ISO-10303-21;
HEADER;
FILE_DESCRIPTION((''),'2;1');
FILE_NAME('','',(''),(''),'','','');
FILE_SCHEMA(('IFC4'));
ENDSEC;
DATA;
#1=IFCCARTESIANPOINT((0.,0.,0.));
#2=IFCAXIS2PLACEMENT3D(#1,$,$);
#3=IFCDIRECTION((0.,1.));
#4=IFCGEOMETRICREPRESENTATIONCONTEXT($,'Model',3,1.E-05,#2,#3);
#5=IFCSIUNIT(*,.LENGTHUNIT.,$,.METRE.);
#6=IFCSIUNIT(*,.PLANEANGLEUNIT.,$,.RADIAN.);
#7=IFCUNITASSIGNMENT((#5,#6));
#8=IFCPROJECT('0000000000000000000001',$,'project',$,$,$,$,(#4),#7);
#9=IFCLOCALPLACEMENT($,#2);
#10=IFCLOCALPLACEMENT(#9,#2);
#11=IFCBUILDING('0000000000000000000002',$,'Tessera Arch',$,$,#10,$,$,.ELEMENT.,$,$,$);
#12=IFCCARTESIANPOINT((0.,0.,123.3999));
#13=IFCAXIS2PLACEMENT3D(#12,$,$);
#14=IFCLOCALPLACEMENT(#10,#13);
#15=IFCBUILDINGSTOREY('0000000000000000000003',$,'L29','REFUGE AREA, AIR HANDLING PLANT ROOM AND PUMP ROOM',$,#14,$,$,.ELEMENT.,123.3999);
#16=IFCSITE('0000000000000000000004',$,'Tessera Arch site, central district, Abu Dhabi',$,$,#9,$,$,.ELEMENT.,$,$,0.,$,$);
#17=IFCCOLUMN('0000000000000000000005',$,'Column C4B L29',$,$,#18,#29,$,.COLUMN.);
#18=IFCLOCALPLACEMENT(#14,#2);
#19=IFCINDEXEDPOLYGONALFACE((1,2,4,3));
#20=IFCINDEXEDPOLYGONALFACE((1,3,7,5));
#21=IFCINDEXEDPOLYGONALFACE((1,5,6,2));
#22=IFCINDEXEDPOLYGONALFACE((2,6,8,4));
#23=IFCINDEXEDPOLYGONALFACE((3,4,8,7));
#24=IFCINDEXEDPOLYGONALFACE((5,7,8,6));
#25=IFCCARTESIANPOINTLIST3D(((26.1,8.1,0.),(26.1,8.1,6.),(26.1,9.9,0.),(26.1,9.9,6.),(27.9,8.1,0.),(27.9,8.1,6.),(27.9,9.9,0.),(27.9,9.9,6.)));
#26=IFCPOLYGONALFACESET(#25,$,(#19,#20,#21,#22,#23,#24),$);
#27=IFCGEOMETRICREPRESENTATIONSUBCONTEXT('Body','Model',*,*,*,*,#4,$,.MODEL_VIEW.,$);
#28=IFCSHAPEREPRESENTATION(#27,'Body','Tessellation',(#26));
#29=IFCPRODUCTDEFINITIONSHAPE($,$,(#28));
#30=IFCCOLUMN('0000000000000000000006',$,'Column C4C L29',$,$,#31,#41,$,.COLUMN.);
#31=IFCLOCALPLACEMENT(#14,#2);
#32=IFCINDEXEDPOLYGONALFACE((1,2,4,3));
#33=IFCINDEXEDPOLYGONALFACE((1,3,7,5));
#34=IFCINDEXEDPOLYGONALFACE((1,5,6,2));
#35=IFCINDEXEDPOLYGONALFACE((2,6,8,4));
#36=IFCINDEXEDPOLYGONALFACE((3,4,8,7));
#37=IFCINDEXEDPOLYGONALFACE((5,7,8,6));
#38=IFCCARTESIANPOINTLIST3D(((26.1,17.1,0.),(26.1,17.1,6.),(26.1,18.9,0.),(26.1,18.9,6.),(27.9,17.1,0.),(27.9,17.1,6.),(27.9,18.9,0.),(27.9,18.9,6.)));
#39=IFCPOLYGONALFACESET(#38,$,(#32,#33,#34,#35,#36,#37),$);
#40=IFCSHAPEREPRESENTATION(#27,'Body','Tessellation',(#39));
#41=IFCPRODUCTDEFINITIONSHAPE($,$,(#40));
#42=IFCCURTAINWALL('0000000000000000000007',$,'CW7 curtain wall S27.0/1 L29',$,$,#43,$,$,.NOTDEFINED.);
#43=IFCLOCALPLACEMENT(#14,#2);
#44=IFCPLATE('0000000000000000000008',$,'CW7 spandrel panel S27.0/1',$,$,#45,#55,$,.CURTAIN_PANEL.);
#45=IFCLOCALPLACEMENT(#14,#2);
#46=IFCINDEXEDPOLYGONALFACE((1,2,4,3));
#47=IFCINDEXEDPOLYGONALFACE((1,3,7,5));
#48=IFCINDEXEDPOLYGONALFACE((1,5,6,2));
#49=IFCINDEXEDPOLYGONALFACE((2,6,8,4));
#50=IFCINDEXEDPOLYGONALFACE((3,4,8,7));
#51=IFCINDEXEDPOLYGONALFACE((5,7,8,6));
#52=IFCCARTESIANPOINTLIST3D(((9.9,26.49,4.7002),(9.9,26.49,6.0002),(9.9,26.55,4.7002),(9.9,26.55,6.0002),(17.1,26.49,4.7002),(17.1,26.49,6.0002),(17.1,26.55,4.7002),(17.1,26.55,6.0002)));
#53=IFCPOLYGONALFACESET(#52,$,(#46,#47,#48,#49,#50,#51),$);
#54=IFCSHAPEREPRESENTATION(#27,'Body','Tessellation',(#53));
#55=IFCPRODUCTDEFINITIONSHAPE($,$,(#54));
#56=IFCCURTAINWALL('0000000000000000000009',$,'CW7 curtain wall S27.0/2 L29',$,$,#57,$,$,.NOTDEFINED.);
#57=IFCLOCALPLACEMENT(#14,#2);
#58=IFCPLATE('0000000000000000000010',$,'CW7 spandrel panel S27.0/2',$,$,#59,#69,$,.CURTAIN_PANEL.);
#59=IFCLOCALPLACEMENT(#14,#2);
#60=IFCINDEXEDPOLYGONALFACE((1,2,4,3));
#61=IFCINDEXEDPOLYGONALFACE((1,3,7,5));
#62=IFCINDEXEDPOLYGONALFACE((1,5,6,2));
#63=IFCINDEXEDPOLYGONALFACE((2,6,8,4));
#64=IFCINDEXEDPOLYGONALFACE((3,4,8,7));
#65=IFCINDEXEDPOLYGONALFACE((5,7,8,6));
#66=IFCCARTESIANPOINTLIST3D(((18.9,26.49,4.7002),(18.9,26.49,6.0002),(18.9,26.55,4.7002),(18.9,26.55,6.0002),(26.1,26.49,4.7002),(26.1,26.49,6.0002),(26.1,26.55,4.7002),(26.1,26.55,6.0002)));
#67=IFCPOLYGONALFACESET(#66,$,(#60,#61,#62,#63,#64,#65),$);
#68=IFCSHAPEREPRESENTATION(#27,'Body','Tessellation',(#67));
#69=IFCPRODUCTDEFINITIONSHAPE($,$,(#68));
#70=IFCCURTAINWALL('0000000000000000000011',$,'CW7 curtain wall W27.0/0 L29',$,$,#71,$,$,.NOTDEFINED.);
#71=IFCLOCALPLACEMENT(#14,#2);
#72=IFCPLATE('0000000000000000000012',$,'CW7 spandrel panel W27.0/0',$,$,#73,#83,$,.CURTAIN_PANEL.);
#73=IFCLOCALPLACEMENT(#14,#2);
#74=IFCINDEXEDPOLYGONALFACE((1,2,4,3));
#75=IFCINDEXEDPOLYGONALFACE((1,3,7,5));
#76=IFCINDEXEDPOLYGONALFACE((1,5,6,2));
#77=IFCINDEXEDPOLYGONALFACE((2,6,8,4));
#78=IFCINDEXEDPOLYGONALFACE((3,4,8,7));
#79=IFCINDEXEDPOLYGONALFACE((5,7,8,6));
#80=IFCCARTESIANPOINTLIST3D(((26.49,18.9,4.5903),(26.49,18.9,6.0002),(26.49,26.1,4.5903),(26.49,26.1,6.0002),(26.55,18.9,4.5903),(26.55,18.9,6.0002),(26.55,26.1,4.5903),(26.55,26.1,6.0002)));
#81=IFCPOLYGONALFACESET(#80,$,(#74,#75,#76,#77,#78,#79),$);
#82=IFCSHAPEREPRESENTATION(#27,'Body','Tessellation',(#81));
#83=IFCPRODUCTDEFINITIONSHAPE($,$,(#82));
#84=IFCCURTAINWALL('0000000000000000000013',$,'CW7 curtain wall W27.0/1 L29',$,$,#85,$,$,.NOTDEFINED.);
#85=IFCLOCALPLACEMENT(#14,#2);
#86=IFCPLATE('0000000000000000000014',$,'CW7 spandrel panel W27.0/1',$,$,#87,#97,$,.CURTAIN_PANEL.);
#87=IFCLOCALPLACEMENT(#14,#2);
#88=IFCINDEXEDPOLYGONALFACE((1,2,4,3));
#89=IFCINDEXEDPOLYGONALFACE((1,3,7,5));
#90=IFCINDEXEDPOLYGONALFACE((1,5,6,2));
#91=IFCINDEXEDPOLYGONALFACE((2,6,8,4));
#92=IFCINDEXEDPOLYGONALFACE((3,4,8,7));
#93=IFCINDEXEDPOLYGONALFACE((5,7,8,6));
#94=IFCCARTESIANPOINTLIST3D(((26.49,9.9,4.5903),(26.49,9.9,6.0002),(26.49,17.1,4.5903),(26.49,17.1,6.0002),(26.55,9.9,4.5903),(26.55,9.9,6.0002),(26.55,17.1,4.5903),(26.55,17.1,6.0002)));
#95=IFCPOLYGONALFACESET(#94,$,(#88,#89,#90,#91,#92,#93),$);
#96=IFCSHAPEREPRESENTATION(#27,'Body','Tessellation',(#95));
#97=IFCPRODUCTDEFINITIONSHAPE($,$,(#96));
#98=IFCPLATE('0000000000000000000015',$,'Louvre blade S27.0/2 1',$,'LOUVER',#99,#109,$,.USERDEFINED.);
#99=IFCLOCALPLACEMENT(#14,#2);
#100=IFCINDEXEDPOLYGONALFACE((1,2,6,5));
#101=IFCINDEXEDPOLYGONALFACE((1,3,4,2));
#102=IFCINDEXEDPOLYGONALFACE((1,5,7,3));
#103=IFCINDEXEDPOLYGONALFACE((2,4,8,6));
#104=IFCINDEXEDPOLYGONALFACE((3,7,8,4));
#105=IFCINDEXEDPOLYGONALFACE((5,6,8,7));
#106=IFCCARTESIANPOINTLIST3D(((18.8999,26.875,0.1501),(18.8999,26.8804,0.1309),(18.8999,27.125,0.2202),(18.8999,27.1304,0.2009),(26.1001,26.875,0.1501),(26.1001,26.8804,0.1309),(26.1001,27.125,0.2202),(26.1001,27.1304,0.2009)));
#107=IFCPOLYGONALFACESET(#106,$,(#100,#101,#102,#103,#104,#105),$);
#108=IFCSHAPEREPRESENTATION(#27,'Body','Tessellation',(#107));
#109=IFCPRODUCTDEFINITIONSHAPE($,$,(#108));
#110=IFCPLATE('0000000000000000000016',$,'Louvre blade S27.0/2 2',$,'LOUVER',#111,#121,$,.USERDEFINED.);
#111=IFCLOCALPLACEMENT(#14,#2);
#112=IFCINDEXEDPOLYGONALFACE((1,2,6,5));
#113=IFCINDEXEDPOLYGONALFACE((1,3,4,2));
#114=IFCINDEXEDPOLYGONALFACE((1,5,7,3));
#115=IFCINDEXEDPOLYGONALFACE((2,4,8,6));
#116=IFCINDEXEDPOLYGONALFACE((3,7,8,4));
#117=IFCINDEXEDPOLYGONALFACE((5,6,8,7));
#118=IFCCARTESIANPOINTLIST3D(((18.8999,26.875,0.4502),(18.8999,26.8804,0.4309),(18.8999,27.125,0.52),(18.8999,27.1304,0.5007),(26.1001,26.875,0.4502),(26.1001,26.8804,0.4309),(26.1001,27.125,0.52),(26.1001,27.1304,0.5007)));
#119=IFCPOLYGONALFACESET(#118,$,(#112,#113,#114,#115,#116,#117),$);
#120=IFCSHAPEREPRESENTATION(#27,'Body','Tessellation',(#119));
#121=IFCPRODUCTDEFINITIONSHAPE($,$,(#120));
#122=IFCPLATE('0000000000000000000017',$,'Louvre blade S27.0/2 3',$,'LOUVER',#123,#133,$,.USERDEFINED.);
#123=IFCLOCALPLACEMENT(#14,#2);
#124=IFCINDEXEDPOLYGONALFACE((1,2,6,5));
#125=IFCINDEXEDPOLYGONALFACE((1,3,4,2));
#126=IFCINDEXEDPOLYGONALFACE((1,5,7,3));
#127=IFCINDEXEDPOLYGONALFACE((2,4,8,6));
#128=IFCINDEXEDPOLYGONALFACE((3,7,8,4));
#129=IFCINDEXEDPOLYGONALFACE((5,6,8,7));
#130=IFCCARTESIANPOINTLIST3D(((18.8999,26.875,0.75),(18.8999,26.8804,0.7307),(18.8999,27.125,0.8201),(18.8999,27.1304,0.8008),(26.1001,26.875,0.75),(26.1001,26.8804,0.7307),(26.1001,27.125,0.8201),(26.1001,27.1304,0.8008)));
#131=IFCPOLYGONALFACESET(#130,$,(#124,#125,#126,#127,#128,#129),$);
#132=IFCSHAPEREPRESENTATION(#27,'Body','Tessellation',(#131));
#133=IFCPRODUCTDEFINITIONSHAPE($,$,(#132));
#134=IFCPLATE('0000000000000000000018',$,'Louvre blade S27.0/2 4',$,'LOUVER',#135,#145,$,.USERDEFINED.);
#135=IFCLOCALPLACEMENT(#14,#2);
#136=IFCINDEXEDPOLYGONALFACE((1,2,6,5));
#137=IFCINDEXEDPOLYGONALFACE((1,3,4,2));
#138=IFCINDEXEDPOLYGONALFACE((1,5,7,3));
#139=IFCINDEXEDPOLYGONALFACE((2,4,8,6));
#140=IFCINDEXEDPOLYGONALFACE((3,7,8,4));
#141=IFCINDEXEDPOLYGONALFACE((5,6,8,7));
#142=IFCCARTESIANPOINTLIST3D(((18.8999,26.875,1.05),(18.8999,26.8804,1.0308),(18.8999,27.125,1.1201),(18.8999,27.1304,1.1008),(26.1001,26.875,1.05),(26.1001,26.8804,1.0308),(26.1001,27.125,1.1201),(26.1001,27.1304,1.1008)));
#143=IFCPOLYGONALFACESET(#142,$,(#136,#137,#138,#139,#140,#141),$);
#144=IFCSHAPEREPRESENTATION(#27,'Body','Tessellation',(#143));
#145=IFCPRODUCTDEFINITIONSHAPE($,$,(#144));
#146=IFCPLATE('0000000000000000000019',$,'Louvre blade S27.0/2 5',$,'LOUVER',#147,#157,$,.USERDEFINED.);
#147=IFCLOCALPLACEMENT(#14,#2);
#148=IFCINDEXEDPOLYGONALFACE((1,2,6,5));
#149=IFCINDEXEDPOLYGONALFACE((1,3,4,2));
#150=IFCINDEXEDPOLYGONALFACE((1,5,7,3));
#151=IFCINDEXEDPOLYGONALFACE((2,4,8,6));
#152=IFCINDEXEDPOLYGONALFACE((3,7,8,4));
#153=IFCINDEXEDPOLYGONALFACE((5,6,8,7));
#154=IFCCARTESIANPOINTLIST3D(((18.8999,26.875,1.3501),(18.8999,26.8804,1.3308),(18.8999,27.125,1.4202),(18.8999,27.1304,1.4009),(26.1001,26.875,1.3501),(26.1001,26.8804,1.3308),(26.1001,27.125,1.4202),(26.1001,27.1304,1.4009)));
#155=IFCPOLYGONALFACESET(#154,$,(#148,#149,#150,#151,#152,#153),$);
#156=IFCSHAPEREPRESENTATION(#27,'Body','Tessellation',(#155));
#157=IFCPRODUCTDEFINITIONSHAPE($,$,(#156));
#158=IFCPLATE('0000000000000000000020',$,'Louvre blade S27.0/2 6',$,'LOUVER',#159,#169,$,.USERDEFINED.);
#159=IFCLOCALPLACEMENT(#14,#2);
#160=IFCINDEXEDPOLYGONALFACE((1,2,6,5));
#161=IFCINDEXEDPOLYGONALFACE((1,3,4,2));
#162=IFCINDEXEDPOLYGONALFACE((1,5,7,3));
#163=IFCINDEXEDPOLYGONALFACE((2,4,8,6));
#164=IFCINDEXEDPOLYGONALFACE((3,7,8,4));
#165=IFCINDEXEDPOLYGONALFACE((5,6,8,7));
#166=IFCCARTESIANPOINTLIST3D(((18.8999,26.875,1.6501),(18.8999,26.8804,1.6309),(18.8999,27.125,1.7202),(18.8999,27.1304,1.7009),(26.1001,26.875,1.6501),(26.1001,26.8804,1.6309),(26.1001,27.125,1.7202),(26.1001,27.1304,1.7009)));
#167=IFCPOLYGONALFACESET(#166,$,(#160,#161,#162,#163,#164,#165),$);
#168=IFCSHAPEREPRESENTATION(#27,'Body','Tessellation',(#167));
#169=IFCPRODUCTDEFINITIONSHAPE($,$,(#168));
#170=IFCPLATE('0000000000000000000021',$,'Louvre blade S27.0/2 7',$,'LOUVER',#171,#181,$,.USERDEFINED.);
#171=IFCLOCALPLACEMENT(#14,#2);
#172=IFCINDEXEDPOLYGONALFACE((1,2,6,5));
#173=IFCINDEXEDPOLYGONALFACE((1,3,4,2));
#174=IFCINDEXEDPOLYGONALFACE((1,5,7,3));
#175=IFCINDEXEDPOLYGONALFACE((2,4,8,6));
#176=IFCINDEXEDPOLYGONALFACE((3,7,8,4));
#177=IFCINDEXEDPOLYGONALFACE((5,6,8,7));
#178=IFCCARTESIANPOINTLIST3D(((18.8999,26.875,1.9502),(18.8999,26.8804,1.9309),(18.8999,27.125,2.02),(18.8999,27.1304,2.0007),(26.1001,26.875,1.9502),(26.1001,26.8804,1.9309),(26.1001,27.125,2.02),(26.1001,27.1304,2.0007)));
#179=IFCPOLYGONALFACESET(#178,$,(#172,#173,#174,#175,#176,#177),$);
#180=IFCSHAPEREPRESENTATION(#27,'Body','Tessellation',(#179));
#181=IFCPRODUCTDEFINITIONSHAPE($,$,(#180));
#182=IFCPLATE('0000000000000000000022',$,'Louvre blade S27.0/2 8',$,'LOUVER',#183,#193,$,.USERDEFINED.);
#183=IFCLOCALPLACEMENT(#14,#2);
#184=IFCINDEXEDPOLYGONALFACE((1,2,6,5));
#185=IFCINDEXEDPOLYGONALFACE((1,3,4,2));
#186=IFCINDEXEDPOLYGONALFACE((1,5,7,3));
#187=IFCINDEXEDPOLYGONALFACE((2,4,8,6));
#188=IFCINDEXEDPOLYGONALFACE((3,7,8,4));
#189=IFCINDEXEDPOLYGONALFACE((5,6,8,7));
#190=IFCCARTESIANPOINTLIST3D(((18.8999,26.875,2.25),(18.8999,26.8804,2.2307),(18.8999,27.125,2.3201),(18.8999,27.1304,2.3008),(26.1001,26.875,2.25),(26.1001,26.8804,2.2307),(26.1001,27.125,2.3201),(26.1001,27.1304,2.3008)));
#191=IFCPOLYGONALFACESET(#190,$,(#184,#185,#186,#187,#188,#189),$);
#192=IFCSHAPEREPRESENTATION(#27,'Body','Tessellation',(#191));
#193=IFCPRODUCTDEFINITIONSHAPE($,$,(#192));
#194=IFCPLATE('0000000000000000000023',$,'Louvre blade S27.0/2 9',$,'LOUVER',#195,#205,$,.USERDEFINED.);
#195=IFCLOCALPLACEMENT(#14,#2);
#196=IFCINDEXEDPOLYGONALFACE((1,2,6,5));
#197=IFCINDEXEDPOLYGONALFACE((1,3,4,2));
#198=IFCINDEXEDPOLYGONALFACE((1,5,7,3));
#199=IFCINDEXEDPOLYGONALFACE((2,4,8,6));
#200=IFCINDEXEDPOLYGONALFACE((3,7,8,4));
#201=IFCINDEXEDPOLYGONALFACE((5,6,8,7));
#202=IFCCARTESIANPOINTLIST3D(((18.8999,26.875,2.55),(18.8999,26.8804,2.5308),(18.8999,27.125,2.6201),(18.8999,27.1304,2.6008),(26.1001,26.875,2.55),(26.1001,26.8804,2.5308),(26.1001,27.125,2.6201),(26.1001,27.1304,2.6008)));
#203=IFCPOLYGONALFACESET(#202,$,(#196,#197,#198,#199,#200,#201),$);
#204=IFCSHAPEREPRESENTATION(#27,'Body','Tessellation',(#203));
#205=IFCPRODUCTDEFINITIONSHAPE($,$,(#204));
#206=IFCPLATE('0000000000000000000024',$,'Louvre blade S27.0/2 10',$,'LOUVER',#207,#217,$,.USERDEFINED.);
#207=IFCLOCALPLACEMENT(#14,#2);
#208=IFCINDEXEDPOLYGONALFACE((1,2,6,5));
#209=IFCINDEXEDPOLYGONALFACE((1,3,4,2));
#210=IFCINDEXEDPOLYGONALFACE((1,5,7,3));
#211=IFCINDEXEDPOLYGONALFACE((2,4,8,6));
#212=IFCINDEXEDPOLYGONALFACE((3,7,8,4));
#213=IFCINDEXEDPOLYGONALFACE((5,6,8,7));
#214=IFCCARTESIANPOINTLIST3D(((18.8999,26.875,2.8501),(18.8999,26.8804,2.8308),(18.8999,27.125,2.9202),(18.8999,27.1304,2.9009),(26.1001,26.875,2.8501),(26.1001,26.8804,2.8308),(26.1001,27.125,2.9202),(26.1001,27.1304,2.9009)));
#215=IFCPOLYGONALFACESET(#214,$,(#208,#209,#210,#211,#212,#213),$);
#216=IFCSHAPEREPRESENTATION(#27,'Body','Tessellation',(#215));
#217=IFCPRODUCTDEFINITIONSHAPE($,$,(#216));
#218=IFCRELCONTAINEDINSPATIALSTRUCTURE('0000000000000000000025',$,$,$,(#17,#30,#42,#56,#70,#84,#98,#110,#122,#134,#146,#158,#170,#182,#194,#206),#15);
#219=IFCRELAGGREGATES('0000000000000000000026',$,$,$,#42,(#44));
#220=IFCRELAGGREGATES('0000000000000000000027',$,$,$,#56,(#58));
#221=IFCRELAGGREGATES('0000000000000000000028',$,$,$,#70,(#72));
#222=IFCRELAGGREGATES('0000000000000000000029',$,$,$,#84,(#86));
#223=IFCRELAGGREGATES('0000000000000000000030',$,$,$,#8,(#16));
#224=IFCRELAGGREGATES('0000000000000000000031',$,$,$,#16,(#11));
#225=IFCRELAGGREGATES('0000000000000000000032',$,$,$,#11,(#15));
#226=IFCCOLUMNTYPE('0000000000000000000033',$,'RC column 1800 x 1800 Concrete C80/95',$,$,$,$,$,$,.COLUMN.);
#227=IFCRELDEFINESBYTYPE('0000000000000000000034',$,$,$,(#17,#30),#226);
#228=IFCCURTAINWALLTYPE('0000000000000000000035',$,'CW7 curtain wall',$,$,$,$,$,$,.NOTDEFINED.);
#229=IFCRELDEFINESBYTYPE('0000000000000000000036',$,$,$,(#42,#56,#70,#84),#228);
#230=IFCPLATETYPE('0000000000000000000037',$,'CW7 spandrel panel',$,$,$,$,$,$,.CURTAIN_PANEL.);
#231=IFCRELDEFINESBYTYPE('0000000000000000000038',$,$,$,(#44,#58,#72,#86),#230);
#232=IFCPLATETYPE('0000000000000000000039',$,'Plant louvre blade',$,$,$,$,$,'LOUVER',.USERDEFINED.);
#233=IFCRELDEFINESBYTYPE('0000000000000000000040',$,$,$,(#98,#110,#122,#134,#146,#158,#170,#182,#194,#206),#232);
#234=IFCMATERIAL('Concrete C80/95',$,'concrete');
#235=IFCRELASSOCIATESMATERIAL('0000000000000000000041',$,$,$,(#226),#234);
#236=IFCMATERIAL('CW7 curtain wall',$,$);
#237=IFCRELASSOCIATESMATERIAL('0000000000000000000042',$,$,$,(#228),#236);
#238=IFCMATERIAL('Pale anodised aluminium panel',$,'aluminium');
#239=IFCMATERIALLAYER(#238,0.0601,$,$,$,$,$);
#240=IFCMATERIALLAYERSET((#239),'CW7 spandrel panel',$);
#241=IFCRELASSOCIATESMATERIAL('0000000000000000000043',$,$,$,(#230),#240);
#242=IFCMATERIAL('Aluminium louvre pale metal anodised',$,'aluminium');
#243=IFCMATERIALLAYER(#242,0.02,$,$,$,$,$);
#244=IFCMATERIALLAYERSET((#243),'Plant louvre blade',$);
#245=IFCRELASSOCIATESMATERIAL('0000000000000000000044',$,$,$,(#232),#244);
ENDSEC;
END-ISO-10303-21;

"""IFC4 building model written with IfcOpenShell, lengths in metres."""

from ifc_helpers import new_model, si_unit, direction, frame, origin, origin_2d, place, context, subcontext, project, spatial, polyline, rectangle, outline, extrude, material, layer, layer_set, material_profile, profile_set, type_object, element, aggregate, save


model = new_model("IFC4")

# Units and contexts
model_context = context("Model", 3, precision=1e-05, world=origin(), true_north=direction((0.0, 1.0)))
body_context = subcontext(model_context, "Body", "Model", "MODEL_VIEW")
ifc_project = project(units=[si_unit("LENGTHUNIT", "METRE"), si_unit("PLANEANGLEUNIT", "RADIAN")], contexts=[model_context])

# Site, building, storey
site_placement = place(None, origin())
site = spatial("IfcSite", under=ifc_project, at=site_placement, Name="Tessera Arch site, central district, Abu Dhabi", CompositionType="ELEMENT", RefElevation=0.0)
building_placement = place(site_placement, origin())
building = spatial("IfcBuilding", under=site, at=building_placement, Name="Tessera Arch", CompositionType="ELEMENT")
storey_placement = place(building_placement, frame((0.0, 0.0, 123.3999)))
storey = spatial("IfcBuildingStorey", under=building, at=storey_placement, Name="L29", Description="REFUGE AREA, AIR HANDLING PLANT ROOM AND PUMP ROOM", CompositionType="ELEMENT", Elevation=123.3999)

# Columns
ifc_material_1 = material(Name="Concrete C80/95", Category="concrete")
ifc_material_profile = material_profile(ifc_material_1, rectangle(XDim=1.8, YDim=1.8, at=origin_2d()), Name="RC column 1800 x 1800 Concrete C80/95")
ifc_profile_set = profile_set([ifc_material_profile], Name="Concrete C80/95")
column_type = type_object("IfcColumnType", Name="RC column 1800 x 1800 Concrete C80/95", PredefinedType="COLUMN", material=ifc_profile_set)
for number, where, z_axis, x_axis, name in (
    (1, (27.0, 9.0, 0.0), (0.0, 0.0, 1.0), (1.0, 0.0, 0.0), "Column C4B L29"),
    (2, (27.0, 18.0, 0.0), (0.0, 0.0, 1.0), (1.0, 0.0, 0.0), "Column C4C L29"),
):
    element("IfcColumn", number, at=place(storey_placement, frame(where, z_axis=z_axis, x_axis=x_axis)), inside=storey, type_object=column_type, Name=name, PredefinedType="COLUMN", context=body_context, shape_type="SweptSolid", body=[
        extrude(rectangle(XDim=1.8, YDim=1.8, at=origin_2d()), origin(), (0.0, 0.0, 1.0), 6.0),
    ])

# Curtain walls, plates
ifc_material_2 = material(Name="CW7 curtain wall")
curtain_wall_type = type_object("IfcCurtainWallType", Name="CW7 curtain wall", PredefinedType="NOTDEFINED", material=ifc_material_2)
curtain_wall_1_placement = place(storey_placement, origin())
curtain_wall_1 = element("IfcCurtainWall", 3, at=curtain_wall_1_placement, inside=storey, type_object=curtain_wall_type, Name="CW7 curtain wall S27.0/1 L29", PredefinedType="NOTDEFINED")
ifc_material_3 = material(Name="Pale anodised aluminium panel", Category="aluminium")
ifc_layer_1 = layer(ifc_material_3, 0.0601)
ifc_layer_set_1 = layer_set([ifc_layer_1], Name="CW7 spandrel panel")
plate_type_1 = type_object("IfcPlateType", Name="CW7 spandrel panel", PredefinedType="CURTAIN_PANEL", material=ifc_layer_set_1)
plate_1_placement = place(storey_placement, frame((13.5, 26.52, 4.7002), z_axis=(0.0, 0.0, 1.0), x_axis=(1.0, 0.0, 0.0)))
plate_1 = element("IfcPlate", 4, at=plate_1_placement, type_object=plate_type_1, Name="CW7 spandrel panel S27.0/1", PredefinedType="CURTAIN_PANEL", context=body_context, shape_type="SweptSolid", body=[
    extrude(rectangle(XDim=7.2, YDim=0.0601, at=origin_2d()), origin(), (0.0, 0.0, 1.0), 1.3),
])
aggregate(curtain_wall_1, [plate_1])
curtain_wall_2_placement = place(storey_placement, origin())
curtain_wall_2 = element("IfcCurtainWall", 5, at=curtain_wall_2_placement, inside=storey, type_object=curtain_wall_type, Name="CW7 curtain wall S27.0/2 L29", PredefinedType="NOTDEFINED")
plate_2_placement = place(storey_placement, frame((22.5, 26.52, 4.7002), z_axis=(0.0, 0.0, 1.0), x_axis=(1.0, 0.0, 0.0)))
plate_2 = element("IfcPlate", 6, at=plate_2_placement, type_object=plate_type_1, Name="CW7 spandrel panel S27.0/2", PredefinedType="CURTAIN_PANEL", context=body_context, shape_type="SweptSolid", body=[
    extrude(rectangle(XDim=7.2, YDim=0.0601, at=origin_2d()), origin(), (0.0, 0.0, 1.0), 1.3),
])
aggregate(curtain_wall_2, [plate_2])
curtain_wall_3_placement = place(storey_placement, origin())
curtain_wall_3 = element("IfcCurtainWall", 7, at=curtain_wall_3_placement, inside=storey, type_object=curtain_wall_type, Name="CW7 curtain wall W27.0/0 L29", PredefinedType="NOTDEFINED")
plate_3_placement = place(storey_placement, frame((26.52, 22.5, 4.5903), z_axis=(0.0, 0.0, 1.0), x_axis=(0.0, -1.0, 0.0)))
plate_3 = element("IfcPlate", 8, at=plate_3_placement, type_object=plate_type_1, Name="CW7 spandrel panel W27.0/0", PredefinedType="CURTAIN_PANEL", context=body_context, shape_type="SweptSolid", body=[
    extrude(rectangle(XDim=7.2, YDim=0.0601, at=origin_2d()), origin(), (0.0, 0.0, 1.0), 1.4099),
])
aggregate(curtain_wall_3, [plate_3])
curtain_wall_4_placement = place(storey_placement, origin())
curtain_wall_4 = element("IfcCurtainWall", 9, at=curtain_wall_4_placement, inside=storey, type_object=curtain_wall_type, Name="CW7 curtain wall W27.0/1 L29", PredefinedType="NOTDEFINED")
plate_4_placement = place(storey_placement, frame((26.52, 13.5, 4.5903), z_axis=(0.0, 0.0, 1.0), x_axis=(0.0, -1.0, 0.0)))
plate_4 = element("IfcPlate", 10, at=plate_4_placement, type_object=plate_type_1, Name="CW7 spandrel panel W27.0/1", PredefinedType="CURTAIN_PANEL", context=body_context, shape_type="SweptSolid", body=[
    extrude(rectangle(XDim=7.2, YDim=0.0601, at=origin_2d()), origin(), (0.0, 0.0, 1.0), 1.4099),
])
aggregate(curtain_wall_4, [plate_4])

# Plates
ifc_material_4 = material(Name="Aluminium louvre pale metal anodised", Category="aluminium")
ifc_layer_2 = layer(ifc_material_4, 0.02)
ifc_layer_set_2 = layer_set([ifc_layer_2], Name="Plant louvre blade")
plate_type_2 = type_object("IfcPlateType", Name="Plant louvre blade", ElementType="LOUVER", PredefinedType="USERDEFINED", material=ifc_layer_set_2)
plate_5_placement = place(storey_placement, frame((18.8999, 26.875, 0.1501), z_axis=(0.0, -0.269874, 0.962896), x_axis=(1.0, 0.0, 0.0)))
element("IfcPlate", 11, at=plate_5_placement, inside=storey, type_object=plate_type_2, Name="Louvre blade S27.0/2 1", ObjectType="LOUVER", PredefinedType="USERDEFINED", context=body_context, shape_type="SweptSolid", body=[
    extrude(outline(polyline([(0.0, 0.0), (7.2002, 0.0), (7.2002, 0.2596), (0.0, 0.2596), (0.0, 0.0)])), origin(), (0.0, 0.0, -1.0), 0.02),
])
plate_6_placement = place(storey_placement, frame((18.8999, 26.875, 0.4502), z_axis=(0.0, -0.269002, 0.96314), x_axis=(1.0, 0.0, 0.0)))
element("IfcPlate", 12, at=plate_6_placement, inside=storey, type_object=plate_type_2, Name="Louvre blade S27.0/2 2", ObjectType="LOUVER", PredefinedType="USERDEFINED", context=body_context, shape_type="SweptSolid", body=[
    extrude(outline(polyline([(0.0, 0.0), (7.2002, 0.0), (7.2002, 0.2596), (0.0, 0.2596), (0.0, 0.0)])), origin(), (0.0, 0.0, -1.0), 0.02),
])
for number, where, z_axis, x_axis, name in (
    (13, (18.8999, 26.875, 0.75), (0.0, -0.269874, 0.962896), (1.0, 0.0, 0.0), "Louvre blade S27.0/2 3"),
    (14, (18.8999, 26.875, 1.05), (0.0, -0.269874, 0.962896), (1.0, 0.0, 0.0), "Louvre blade S27.0/2 4"),
    (15, (18.8999, 26.875, 1.3501), (0.0, -0.269874, 0.962896), (1.0, 0.0, 0.0), "Louvre blade S27.0/2 5"),
    (16, (18.8999, 26.875, 1.6501), (0.0, -0.269874, 0.962896), (1.0, 0.0, 0.0), "Louvre blade S27.0/2 6"),
):
    element("IfcPlate", number, at=place(storey_placement, frame(where, z_axis=z_axis, x_axis=x_axis)), inside=storey, type_object=plate_type_2, Name=name, ObjectType="LOUVER", PredefinedType="USERDEFINED", context=body_context, shape_type="SweptSolid", body=[
        extrude(outline(polyline([(0.0, 0.0), (7.2002, 0.0), (7.2002, 0.2596), (0.0, 0.2596), (0.0, 0.0)])), origin(), (0.0, 0.0, -1.0), 0.02),
    ])
plate_7_placement = place(storey_placement, frame((18.8999, 26.875, 1.9502), z_axis=(0.0, -0.269002, 0.96314), x_axis=(1.0, 0.0, 0.0)))
element("IfcPlate", 17, at=plate_7_placement, inside=storey, type_object=plate_type_2, Name="Louvre blade S27.0/2 7", ObjectType="LOUVER", PredefinedType="USERDEFINED", context=body_context, shape_type="SweptSolid", body=[
    extrude(outline(polyline([(0.0, 0.0), (7.2002, 0.0), (7.2002, 0.2596), (0.0, 0.2596), (0.0, 0.0)])), origin(), (0.0, 0.0, -1.0), 0.02),
])
for number, where, z_axis, x_axis, name in (
    (18, (18.8999, 26.875, 2.25), (0.0, -0.269874, 0.962896), (1.0, 0.0, 0.0), "Louvre blade S27.0/2 8"),
    (19, (18.8999, 26.875, 2.55), (0.0, -0.269874, 0.962896), (1.0, 0.0, 0.0), "Louvre blade S27.0/2 9"),
    (20, (18.8999, 26.875, 2.8501), (0.0, -0.269874, 0.962896), (1.0, 0.0, 0.0), "Louvre blade S27.0/2 10"),
):
    element("IfcPlate", number, at=place(storey_placement, frame(where, z_axis=z_axis, x_axis=x_axis)), inside=storey, type_object=plate_type_2, Name=name, ObjectType="LOUVER", PredefinedType="USERDEFINED", context=body_context, shape_type="SweptSolid", body=[
        extrude(outline(polyline([(0.0, 0.0), (7.2002, 0.0), (7.2002, 0.2596), (0.0, 0.2596), (0.0, 0.0)])), origin(), (0.0, 0.0, -1.0), 0.02),
    ])

save(model, "model.ifc")
